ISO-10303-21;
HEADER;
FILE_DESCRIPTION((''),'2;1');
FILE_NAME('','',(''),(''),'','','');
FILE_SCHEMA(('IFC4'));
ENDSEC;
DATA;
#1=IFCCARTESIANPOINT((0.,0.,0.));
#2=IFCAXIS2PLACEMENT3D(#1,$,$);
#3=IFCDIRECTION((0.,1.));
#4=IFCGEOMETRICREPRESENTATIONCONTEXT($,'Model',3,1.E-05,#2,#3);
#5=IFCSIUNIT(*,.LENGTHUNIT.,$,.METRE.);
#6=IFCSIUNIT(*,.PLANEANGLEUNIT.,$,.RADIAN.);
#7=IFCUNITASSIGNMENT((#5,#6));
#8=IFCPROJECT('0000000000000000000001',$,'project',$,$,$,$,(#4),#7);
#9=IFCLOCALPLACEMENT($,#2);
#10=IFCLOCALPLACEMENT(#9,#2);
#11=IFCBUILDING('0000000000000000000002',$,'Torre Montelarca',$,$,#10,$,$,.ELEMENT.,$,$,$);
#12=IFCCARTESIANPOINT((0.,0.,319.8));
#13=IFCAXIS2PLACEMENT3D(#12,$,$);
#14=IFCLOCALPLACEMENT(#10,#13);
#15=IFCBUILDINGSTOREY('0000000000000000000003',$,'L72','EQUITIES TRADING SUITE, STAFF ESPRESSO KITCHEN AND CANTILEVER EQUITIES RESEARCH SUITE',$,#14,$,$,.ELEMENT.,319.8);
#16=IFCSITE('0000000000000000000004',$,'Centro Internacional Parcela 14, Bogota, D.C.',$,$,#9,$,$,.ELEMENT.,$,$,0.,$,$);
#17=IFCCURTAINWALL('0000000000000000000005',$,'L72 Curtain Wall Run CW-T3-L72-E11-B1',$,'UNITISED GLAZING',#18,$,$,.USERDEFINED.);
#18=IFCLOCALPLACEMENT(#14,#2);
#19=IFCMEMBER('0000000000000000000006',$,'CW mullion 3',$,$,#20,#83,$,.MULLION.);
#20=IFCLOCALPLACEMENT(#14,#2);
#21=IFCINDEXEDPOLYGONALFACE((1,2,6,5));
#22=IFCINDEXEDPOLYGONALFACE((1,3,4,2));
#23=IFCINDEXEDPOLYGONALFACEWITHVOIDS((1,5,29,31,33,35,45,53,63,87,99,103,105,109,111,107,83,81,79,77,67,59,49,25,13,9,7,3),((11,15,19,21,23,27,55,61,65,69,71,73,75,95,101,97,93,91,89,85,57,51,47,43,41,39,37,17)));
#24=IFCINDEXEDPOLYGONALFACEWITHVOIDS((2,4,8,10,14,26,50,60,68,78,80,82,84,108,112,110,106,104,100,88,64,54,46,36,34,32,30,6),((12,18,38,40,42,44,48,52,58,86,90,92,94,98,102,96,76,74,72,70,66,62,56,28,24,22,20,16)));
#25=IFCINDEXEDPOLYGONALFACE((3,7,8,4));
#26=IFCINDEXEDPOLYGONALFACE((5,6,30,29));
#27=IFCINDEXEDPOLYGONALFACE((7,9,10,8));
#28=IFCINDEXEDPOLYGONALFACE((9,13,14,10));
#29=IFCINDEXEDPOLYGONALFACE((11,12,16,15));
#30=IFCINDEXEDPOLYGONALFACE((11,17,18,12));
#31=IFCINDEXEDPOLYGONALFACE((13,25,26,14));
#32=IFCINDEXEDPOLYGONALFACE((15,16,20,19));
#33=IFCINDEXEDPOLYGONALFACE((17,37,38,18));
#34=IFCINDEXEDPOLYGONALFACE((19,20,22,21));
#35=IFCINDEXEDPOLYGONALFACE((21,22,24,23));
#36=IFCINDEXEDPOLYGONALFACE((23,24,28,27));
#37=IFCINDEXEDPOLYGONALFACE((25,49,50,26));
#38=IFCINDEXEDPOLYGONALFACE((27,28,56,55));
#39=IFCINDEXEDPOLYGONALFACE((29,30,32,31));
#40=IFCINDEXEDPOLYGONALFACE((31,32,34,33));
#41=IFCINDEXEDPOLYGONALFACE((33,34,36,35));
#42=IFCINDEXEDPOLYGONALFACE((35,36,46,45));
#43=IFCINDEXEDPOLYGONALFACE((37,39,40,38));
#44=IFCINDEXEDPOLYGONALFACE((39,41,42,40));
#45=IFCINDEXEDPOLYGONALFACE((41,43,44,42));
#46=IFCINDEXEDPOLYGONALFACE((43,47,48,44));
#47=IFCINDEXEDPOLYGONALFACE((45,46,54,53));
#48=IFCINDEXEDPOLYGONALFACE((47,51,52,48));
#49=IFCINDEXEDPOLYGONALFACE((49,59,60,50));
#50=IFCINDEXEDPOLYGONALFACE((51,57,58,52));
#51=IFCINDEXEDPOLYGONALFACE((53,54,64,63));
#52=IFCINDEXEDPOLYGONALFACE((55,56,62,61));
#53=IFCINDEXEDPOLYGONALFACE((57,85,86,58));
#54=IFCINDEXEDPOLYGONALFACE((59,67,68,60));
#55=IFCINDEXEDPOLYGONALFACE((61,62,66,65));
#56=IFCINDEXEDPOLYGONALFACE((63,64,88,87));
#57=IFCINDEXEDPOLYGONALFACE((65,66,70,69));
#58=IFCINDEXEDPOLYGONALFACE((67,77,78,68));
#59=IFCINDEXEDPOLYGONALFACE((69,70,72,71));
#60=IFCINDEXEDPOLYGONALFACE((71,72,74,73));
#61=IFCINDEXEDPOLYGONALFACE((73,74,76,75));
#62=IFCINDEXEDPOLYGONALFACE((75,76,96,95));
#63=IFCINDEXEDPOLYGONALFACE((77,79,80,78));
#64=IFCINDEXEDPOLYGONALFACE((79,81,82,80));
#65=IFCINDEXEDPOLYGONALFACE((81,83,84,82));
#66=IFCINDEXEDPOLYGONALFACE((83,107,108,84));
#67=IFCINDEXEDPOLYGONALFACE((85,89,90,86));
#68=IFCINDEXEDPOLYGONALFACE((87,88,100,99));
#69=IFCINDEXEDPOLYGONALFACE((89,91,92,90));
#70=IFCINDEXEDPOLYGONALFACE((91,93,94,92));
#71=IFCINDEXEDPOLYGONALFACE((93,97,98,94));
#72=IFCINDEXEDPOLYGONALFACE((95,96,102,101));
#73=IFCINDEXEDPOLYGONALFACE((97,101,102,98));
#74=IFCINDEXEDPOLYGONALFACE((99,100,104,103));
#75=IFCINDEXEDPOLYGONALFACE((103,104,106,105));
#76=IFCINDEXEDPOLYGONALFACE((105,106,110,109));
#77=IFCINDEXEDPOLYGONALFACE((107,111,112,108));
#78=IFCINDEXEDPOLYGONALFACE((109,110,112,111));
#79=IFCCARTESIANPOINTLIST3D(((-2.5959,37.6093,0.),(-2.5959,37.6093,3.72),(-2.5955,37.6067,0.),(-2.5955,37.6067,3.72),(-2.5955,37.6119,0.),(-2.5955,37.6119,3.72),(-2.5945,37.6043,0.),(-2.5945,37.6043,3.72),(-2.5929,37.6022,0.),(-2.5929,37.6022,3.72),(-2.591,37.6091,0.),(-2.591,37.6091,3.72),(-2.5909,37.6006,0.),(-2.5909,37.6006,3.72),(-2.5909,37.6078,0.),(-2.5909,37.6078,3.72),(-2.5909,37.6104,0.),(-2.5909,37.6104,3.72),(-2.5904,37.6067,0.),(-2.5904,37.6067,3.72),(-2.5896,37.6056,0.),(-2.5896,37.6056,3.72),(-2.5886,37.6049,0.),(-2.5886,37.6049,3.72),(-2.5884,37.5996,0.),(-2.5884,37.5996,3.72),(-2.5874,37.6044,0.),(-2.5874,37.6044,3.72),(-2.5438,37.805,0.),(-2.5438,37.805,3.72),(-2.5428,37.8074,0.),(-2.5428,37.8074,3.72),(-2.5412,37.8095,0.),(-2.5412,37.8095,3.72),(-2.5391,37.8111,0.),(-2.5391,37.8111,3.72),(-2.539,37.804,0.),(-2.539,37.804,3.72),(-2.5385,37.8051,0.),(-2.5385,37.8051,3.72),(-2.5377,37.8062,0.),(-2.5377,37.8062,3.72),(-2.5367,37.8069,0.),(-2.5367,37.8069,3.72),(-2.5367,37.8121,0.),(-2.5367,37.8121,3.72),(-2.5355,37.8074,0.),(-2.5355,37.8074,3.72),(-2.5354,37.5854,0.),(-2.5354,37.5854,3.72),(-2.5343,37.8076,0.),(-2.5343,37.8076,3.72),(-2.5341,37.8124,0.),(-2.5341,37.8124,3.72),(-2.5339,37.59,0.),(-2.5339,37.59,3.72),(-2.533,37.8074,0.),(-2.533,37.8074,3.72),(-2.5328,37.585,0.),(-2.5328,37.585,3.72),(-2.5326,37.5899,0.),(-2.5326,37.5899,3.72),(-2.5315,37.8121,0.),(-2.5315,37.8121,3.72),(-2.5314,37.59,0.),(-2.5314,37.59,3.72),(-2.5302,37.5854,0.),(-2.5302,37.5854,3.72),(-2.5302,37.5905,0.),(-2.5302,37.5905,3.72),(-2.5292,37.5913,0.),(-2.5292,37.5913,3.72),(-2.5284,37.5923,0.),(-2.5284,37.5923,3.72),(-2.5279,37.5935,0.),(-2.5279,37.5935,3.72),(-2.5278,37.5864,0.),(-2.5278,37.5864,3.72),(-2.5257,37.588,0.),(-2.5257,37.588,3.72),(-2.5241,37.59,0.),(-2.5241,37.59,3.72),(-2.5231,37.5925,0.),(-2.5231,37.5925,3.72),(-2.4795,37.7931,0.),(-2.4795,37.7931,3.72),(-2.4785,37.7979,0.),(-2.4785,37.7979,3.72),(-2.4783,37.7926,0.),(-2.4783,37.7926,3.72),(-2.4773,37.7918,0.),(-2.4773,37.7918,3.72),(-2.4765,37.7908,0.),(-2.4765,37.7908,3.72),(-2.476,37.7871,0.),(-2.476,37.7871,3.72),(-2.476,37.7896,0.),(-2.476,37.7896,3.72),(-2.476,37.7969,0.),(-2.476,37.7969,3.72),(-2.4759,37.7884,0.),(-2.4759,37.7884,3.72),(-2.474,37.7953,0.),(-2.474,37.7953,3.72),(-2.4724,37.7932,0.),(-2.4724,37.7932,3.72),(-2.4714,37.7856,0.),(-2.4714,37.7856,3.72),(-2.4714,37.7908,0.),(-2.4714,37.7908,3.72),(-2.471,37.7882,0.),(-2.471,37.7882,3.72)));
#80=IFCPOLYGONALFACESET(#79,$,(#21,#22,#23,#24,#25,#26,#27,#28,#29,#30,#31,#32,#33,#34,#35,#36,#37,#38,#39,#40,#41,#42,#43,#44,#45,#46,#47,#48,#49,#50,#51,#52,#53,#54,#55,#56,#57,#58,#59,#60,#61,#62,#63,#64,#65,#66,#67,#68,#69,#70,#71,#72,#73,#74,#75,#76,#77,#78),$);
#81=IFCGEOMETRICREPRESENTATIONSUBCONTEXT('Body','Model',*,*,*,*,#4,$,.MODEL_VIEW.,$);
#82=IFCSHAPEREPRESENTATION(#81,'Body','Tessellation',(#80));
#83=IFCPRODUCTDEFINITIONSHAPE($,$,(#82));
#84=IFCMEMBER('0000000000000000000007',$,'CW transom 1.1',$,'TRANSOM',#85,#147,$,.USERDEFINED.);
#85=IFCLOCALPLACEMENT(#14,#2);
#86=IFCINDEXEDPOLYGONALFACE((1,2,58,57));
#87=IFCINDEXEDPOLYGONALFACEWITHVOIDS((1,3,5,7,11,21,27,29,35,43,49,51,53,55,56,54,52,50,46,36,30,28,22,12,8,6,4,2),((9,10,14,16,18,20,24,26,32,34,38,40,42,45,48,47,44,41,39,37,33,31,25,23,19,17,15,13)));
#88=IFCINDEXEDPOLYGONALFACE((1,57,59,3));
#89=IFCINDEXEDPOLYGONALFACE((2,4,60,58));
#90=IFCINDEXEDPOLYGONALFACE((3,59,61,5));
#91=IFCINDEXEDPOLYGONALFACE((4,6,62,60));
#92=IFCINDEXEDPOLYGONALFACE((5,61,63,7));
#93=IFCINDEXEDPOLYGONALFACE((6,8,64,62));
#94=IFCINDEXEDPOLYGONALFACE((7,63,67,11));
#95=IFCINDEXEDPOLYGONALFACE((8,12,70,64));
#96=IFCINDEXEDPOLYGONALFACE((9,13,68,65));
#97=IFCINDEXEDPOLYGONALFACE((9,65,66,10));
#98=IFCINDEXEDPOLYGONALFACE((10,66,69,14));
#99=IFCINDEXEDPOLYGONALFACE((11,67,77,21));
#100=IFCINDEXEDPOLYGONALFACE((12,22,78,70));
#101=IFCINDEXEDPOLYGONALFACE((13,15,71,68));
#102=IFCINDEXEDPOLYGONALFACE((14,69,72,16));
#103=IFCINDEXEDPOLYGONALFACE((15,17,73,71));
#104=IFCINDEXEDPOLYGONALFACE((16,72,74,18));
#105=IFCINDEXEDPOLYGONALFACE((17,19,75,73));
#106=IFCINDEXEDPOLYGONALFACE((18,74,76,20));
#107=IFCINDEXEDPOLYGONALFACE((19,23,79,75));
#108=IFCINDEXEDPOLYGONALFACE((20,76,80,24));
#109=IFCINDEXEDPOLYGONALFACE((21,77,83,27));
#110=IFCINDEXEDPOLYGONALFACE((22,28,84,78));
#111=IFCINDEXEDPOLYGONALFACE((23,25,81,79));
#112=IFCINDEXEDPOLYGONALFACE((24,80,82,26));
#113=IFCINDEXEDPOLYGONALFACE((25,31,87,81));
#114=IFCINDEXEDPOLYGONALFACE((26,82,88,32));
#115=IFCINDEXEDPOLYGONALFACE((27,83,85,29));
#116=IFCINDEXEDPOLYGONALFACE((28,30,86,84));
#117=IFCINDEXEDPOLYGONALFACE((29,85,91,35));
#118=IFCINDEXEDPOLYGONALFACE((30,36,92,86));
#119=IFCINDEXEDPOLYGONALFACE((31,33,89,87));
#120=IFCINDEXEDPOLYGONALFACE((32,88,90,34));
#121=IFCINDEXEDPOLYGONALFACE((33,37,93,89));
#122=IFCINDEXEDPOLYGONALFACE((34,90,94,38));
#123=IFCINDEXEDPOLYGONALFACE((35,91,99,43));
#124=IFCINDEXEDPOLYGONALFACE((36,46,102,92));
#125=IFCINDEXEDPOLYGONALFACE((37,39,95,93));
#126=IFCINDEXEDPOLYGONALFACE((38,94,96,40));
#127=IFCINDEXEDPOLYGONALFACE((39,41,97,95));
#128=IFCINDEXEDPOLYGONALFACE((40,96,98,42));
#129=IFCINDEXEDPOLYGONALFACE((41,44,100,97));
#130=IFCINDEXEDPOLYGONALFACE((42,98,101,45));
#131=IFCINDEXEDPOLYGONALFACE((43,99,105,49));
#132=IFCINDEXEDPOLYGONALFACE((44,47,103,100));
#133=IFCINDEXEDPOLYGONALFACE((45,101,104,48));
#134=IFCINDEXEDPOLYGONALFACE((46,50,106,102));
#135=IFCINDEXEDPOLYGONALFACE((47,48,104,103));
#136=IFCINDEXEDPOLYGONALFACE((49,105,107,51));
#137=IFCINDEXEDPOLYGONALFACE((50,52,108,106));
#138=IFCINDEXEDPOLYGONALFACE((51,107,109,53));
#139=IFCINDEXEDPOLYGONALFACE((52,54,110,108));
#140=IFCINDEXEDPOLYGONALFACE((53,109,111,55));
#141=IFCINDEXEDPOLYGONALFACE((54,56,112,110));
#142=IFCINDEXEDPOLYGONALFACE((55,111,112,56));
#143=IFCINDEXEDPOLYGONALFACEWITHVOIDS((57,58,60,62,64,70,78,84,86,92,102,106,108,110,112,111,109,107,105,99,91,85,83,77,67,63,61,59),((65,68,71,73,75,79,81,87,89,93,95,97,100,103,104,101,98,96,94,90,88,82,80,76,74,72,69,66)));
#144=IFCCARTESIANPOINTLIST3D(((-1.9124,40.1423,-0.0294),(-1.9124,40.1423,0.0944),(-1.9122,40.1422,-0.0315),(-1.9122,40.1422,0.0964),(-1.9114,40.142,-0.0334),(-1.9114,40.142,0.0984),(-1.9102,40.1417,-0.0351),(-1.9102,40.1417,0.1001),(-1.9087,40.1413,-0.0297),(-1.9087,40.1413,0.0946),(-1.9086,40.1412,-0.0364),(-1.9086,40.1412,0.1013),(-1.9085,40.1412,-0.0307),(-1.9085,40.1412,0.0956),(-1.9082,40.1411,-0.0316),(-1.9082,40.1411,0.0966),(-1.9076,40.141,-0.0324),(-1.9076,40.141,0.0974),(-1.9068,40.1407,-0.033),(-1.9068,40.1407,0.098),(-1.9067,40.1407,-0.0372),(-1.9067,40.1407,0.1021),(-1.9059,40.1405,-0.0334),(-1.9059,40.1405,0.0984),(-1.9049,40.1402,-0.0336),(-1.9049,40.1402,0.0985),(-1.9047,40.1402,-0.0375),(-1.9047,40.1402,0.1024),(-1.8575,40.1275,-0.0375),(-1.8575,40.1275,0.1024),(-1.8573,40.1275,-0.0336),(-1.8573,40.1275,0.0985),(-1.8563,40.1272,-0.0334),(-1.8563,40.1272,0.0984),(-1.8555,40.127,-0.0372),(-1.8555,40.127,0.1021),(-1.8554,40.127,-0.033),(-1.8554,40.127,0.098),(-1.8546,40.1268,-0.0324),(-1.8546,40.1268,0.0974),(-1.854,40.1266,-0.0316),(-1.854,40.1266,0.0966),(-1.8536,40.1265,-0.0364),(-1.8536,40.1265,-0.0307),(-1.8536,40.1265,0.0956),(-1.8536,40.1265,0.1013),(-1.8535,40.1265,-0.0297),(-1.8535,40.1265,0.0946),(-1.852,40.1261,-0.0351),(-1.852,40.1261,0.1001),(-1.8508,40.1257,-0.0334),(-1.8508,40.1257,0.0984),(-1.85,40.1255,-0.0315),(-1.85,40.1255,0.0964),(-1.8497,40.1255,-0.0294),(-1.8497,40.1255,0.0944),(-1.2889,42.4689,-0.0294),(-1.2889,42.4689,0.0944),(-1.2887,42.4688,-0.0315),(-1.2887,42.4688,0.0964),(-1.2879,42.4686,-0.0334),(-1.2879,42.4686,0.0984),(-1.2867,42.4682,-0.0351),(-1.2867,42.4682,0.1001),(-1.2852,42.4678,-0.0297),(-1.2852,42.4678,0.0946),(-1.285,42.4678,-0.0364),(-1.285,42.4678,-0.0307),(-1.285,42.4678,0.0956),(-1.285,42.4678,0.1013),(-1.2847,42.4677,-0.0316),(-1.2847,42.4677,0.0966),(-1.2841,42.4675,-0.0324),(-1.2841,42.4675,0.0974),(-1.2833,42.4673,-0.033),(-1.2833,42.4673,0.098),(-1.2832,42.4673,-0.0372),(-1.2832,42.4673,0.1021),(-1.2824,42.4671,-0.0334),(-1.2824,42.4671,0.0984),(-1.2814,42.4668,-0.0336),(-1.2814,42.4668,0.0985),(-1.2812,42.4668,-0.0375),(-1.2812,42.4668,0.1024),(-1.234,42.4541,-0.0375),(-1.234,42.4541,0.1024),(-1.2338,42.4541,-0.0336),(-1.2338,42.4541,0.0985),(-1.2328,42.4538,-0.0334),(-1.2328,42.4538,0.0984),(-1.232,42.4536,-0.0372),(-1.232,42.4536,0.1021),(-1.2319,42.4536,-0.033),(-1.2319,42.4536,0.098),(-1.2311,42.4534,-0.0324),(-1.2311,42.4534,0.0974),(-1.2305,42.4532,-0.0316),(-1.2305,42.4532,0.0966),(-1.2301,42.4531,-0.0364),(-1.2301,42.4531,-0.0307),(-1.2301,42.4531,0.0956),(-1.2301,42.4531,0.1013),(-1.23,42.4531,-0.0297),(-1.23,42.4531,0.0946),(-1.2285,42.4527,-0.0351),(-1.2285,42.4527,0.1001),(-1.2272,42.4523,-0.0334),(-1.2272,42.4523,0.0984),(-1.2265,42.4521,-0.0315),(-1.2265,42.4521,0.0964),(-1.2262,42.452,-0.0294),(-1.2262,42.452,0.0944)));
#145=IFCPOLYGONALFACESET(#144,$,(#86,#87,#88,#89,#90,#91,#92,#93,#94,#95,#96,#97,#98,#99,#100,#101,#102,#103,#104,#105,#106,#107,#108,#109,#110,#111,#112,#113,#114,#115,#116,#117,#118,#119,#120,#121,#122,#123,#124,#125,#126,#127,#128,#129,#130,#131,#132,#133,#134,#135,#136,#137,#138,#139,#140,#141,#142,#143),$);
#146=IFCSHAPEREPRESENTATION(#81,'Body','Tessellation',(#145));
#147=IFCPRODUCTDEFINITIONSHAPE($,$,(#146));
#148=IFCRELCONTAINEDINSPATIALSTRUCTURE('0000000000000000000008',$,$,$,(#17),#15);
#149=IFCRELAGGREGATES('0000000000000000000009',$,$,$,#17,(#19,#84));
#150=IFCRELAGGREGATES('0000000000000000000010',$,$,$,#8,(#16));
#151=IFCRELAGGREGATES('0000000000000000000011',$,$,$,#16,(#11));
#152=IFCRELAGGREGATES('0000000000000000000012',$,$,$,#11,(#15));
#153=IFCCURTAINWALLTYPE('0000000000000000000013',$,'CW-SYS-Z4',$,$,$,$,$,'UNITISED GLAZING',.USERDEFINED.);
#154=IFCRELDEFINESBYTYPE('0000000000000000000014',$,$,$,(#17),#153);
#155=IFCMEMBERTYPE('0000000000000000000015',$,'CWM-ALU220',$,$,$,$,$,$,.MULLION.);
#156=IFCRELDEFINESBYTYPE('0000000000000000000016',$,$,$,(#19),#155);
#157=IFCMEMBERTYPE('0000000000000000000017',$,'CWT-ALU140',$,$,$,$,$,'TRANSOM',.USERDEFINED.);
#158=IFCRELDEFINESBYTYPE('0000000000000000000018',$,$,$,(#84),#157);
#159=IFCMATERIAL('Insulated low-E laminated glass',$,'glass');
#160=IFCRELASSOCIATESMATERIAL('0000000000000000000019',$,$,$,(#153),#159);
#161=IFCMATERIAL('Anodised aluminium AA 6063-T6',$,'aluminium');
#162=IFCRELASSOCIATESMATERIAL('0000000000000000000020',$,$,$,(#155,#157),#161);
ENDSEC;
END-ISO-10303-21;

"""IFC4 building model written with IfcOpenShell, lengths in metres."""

from ifc_helpers import new_model, si_unit, direction, frame, origin, origin_2d, place, context, subcontext, project, spatial, hollow_rectangle, extrude, source, transform, mapped, material, material_profile, profile_set, type_object, element, aggregate, save


model = new_model("IFC4")

# Units and contexts
model_context = context("Model", 3, precision=1e-05, world=origin(), true_north=direction((0.0, 1.0)))
body_context = subcontext(model_context, "Body", "Model", "MODEL_VIEW")
ifc_project = project(units=[si_unit("LENGTHUNIT", "METRE"), si_unit("PLANEANGLEUNIT", "RADIAN")], contexts=[model_context])

# Site, building, storey
site_placement = place(None, origin())
site = spatial("IfcSite", under=ifc_project, at=site_placement, Name="Centro Internacional Parcela 14, Bogota, D.C.", CompositionType="ELEMENT", RefElevation=0.0)
building_placement = place(site_placement, origin())
building = spatial("IfcBuilding", under=site, at=building_placement, Name="Torre Montelarca", CompositionType="ELEMENT")
storey_placement = place(building_placement, frame((0.0, 0.0, 319.8)))
storey = spatial("IfcBuildingStorey", under=building, at=storey_placement, Name="L72", Description="EQUITIES TRADING SUITE, STAFF ESPRESSO KITCHEN AND CANTILEVER EQUITIES RESEARCH SUITE", CompositionType="ELEMENT", Elevation=319.8)

# Shared definitions
ifc_material_1 = material(Name="Insulated low-E laminated glass", Category="glass")
curtain_wall_type = type_object("IfcCurtainWallType", Name="CW-SYS-Z4", ElementType="UNITISED GLAZING", PredefinedType="USERDEFINED", material=ifc_material_1)
ifc_material_2 = material(Name="Anodised aluminium AA 6063-T6", Category="aluminium")
ifc_material_profile_1 = material_profile(ifc_material_2, hollow_rectangle(XDim=0.075, YDim=0.22, WallThickness=0.0049, InnerFilletRadius=0.0049, OuterFilletRadius=0.01, at=origin_2d()), Name="ALU75X220X5", Category="aluminium")
ifc_profile_set_1 = profile_set([ifc_material_profile_1], Name="Anodised aluminium AA 6063-T6")
member_type_1 = type_object("IfcMemberType", Name="CWM-ALU220", PredefinedType="MULLION", material=ifc_profile_set_1)
shared_shape_1 = source(origin(), body_context, "Body", "SweptSolid", [
    extrude(hollow_rectangle(XDim=0.075, YDim=0.22, WallThickness=0.0049, InnerFilletRadius=0.0049, OuterFilletRadius=0.01, at=origin_2d()), origin(), (0.0, 0.0, 1.0), 3.72),
])

# Curtain wall, members
curtain_wall_1_placement = place(storey_placement, origin())
curtain_wall_1 = element("IfcCurtainWall", 1, at=curtain_wall_1_placement, inside=storey, type_object=curtain_wall_type, Name="L72 Curtain Wall Run CW-T3-L72-E11-B1", ObjectType="UNITISED GLAZING", PredefinedType="USERDEFINED")
member_1_placement = place(storey_placement, frame((-2.5334, 37.6987, 0.0), z_axis=(0.0, 0.0, 1.0), x_axis=(0.965927, -0.258815, 0.0)))
member_1 = element("IfcMember", 2, at=member_1_placement, type_object=member_type_1, Name="CW mullion 3", PredefinedType="MULLION", context=body_context, shape_type="MappedRepresentation", body=[
    mapped(shared_shape_1, transform((0.0, 0.0, 0.0), scale=1.0)),
])
ifc_material_profile_2 = material_profile(ifc_material_2, hollow_rectangle(XDim=0.0649, YDim=0.1399, WallThickness=0.0039, InnerFilletRadius=0.0039, OuterFilletRadius=0.0081, at=origin_2d()), Name="ALU65X140X4", Category="aluminium")
ifc_profile_set_2 = profile_set([ifc_material_profile_2], Name="Anodised aluminium AA 6063-T6")
member_type_2 = type_object("IfcMemberType", Name="CWT-ALU140", ElementType="TRANSOM", PredefinedType="USERDEFINED", material=ifc_profile_set_2)
shared_shape_2 = source(origin(), body_context, "Body", "SweptSolid", [
    extrude(hollow_rectangle(XDim=0.0649, YDim=0.1399, WallThickness=0.0039, InnerFilletRadius=0.0039, OuterFilletRadius=0.0081, at=origin_2d()), origin(), (0.0, 0.0, 1.0), 2.4087),
])
member_2_placement = place(storey_placement, frame((-1.2576, 42.4604, 0.0325), z_axis=(-0.258861, -0.965915, 0.0), x_axis=(0.965915, -0.258861, 0.0)))
member_2 = element("IfcMember", 3, at=member_2_placement, type_object=member_type_2, Name="CW transom 1.1", ObjectType="TRANSOM", PredefinedType="USERDEFINED", context=body_context, shape_type="MappedRepresentation", body=[
    mapped(shared_shape_2, transform((0.0, 0.0, 0.0), scale=1.0)),
])

aggregate(curtain_wall_1, [member_1, member_2])

save(model, "model.ifc")
